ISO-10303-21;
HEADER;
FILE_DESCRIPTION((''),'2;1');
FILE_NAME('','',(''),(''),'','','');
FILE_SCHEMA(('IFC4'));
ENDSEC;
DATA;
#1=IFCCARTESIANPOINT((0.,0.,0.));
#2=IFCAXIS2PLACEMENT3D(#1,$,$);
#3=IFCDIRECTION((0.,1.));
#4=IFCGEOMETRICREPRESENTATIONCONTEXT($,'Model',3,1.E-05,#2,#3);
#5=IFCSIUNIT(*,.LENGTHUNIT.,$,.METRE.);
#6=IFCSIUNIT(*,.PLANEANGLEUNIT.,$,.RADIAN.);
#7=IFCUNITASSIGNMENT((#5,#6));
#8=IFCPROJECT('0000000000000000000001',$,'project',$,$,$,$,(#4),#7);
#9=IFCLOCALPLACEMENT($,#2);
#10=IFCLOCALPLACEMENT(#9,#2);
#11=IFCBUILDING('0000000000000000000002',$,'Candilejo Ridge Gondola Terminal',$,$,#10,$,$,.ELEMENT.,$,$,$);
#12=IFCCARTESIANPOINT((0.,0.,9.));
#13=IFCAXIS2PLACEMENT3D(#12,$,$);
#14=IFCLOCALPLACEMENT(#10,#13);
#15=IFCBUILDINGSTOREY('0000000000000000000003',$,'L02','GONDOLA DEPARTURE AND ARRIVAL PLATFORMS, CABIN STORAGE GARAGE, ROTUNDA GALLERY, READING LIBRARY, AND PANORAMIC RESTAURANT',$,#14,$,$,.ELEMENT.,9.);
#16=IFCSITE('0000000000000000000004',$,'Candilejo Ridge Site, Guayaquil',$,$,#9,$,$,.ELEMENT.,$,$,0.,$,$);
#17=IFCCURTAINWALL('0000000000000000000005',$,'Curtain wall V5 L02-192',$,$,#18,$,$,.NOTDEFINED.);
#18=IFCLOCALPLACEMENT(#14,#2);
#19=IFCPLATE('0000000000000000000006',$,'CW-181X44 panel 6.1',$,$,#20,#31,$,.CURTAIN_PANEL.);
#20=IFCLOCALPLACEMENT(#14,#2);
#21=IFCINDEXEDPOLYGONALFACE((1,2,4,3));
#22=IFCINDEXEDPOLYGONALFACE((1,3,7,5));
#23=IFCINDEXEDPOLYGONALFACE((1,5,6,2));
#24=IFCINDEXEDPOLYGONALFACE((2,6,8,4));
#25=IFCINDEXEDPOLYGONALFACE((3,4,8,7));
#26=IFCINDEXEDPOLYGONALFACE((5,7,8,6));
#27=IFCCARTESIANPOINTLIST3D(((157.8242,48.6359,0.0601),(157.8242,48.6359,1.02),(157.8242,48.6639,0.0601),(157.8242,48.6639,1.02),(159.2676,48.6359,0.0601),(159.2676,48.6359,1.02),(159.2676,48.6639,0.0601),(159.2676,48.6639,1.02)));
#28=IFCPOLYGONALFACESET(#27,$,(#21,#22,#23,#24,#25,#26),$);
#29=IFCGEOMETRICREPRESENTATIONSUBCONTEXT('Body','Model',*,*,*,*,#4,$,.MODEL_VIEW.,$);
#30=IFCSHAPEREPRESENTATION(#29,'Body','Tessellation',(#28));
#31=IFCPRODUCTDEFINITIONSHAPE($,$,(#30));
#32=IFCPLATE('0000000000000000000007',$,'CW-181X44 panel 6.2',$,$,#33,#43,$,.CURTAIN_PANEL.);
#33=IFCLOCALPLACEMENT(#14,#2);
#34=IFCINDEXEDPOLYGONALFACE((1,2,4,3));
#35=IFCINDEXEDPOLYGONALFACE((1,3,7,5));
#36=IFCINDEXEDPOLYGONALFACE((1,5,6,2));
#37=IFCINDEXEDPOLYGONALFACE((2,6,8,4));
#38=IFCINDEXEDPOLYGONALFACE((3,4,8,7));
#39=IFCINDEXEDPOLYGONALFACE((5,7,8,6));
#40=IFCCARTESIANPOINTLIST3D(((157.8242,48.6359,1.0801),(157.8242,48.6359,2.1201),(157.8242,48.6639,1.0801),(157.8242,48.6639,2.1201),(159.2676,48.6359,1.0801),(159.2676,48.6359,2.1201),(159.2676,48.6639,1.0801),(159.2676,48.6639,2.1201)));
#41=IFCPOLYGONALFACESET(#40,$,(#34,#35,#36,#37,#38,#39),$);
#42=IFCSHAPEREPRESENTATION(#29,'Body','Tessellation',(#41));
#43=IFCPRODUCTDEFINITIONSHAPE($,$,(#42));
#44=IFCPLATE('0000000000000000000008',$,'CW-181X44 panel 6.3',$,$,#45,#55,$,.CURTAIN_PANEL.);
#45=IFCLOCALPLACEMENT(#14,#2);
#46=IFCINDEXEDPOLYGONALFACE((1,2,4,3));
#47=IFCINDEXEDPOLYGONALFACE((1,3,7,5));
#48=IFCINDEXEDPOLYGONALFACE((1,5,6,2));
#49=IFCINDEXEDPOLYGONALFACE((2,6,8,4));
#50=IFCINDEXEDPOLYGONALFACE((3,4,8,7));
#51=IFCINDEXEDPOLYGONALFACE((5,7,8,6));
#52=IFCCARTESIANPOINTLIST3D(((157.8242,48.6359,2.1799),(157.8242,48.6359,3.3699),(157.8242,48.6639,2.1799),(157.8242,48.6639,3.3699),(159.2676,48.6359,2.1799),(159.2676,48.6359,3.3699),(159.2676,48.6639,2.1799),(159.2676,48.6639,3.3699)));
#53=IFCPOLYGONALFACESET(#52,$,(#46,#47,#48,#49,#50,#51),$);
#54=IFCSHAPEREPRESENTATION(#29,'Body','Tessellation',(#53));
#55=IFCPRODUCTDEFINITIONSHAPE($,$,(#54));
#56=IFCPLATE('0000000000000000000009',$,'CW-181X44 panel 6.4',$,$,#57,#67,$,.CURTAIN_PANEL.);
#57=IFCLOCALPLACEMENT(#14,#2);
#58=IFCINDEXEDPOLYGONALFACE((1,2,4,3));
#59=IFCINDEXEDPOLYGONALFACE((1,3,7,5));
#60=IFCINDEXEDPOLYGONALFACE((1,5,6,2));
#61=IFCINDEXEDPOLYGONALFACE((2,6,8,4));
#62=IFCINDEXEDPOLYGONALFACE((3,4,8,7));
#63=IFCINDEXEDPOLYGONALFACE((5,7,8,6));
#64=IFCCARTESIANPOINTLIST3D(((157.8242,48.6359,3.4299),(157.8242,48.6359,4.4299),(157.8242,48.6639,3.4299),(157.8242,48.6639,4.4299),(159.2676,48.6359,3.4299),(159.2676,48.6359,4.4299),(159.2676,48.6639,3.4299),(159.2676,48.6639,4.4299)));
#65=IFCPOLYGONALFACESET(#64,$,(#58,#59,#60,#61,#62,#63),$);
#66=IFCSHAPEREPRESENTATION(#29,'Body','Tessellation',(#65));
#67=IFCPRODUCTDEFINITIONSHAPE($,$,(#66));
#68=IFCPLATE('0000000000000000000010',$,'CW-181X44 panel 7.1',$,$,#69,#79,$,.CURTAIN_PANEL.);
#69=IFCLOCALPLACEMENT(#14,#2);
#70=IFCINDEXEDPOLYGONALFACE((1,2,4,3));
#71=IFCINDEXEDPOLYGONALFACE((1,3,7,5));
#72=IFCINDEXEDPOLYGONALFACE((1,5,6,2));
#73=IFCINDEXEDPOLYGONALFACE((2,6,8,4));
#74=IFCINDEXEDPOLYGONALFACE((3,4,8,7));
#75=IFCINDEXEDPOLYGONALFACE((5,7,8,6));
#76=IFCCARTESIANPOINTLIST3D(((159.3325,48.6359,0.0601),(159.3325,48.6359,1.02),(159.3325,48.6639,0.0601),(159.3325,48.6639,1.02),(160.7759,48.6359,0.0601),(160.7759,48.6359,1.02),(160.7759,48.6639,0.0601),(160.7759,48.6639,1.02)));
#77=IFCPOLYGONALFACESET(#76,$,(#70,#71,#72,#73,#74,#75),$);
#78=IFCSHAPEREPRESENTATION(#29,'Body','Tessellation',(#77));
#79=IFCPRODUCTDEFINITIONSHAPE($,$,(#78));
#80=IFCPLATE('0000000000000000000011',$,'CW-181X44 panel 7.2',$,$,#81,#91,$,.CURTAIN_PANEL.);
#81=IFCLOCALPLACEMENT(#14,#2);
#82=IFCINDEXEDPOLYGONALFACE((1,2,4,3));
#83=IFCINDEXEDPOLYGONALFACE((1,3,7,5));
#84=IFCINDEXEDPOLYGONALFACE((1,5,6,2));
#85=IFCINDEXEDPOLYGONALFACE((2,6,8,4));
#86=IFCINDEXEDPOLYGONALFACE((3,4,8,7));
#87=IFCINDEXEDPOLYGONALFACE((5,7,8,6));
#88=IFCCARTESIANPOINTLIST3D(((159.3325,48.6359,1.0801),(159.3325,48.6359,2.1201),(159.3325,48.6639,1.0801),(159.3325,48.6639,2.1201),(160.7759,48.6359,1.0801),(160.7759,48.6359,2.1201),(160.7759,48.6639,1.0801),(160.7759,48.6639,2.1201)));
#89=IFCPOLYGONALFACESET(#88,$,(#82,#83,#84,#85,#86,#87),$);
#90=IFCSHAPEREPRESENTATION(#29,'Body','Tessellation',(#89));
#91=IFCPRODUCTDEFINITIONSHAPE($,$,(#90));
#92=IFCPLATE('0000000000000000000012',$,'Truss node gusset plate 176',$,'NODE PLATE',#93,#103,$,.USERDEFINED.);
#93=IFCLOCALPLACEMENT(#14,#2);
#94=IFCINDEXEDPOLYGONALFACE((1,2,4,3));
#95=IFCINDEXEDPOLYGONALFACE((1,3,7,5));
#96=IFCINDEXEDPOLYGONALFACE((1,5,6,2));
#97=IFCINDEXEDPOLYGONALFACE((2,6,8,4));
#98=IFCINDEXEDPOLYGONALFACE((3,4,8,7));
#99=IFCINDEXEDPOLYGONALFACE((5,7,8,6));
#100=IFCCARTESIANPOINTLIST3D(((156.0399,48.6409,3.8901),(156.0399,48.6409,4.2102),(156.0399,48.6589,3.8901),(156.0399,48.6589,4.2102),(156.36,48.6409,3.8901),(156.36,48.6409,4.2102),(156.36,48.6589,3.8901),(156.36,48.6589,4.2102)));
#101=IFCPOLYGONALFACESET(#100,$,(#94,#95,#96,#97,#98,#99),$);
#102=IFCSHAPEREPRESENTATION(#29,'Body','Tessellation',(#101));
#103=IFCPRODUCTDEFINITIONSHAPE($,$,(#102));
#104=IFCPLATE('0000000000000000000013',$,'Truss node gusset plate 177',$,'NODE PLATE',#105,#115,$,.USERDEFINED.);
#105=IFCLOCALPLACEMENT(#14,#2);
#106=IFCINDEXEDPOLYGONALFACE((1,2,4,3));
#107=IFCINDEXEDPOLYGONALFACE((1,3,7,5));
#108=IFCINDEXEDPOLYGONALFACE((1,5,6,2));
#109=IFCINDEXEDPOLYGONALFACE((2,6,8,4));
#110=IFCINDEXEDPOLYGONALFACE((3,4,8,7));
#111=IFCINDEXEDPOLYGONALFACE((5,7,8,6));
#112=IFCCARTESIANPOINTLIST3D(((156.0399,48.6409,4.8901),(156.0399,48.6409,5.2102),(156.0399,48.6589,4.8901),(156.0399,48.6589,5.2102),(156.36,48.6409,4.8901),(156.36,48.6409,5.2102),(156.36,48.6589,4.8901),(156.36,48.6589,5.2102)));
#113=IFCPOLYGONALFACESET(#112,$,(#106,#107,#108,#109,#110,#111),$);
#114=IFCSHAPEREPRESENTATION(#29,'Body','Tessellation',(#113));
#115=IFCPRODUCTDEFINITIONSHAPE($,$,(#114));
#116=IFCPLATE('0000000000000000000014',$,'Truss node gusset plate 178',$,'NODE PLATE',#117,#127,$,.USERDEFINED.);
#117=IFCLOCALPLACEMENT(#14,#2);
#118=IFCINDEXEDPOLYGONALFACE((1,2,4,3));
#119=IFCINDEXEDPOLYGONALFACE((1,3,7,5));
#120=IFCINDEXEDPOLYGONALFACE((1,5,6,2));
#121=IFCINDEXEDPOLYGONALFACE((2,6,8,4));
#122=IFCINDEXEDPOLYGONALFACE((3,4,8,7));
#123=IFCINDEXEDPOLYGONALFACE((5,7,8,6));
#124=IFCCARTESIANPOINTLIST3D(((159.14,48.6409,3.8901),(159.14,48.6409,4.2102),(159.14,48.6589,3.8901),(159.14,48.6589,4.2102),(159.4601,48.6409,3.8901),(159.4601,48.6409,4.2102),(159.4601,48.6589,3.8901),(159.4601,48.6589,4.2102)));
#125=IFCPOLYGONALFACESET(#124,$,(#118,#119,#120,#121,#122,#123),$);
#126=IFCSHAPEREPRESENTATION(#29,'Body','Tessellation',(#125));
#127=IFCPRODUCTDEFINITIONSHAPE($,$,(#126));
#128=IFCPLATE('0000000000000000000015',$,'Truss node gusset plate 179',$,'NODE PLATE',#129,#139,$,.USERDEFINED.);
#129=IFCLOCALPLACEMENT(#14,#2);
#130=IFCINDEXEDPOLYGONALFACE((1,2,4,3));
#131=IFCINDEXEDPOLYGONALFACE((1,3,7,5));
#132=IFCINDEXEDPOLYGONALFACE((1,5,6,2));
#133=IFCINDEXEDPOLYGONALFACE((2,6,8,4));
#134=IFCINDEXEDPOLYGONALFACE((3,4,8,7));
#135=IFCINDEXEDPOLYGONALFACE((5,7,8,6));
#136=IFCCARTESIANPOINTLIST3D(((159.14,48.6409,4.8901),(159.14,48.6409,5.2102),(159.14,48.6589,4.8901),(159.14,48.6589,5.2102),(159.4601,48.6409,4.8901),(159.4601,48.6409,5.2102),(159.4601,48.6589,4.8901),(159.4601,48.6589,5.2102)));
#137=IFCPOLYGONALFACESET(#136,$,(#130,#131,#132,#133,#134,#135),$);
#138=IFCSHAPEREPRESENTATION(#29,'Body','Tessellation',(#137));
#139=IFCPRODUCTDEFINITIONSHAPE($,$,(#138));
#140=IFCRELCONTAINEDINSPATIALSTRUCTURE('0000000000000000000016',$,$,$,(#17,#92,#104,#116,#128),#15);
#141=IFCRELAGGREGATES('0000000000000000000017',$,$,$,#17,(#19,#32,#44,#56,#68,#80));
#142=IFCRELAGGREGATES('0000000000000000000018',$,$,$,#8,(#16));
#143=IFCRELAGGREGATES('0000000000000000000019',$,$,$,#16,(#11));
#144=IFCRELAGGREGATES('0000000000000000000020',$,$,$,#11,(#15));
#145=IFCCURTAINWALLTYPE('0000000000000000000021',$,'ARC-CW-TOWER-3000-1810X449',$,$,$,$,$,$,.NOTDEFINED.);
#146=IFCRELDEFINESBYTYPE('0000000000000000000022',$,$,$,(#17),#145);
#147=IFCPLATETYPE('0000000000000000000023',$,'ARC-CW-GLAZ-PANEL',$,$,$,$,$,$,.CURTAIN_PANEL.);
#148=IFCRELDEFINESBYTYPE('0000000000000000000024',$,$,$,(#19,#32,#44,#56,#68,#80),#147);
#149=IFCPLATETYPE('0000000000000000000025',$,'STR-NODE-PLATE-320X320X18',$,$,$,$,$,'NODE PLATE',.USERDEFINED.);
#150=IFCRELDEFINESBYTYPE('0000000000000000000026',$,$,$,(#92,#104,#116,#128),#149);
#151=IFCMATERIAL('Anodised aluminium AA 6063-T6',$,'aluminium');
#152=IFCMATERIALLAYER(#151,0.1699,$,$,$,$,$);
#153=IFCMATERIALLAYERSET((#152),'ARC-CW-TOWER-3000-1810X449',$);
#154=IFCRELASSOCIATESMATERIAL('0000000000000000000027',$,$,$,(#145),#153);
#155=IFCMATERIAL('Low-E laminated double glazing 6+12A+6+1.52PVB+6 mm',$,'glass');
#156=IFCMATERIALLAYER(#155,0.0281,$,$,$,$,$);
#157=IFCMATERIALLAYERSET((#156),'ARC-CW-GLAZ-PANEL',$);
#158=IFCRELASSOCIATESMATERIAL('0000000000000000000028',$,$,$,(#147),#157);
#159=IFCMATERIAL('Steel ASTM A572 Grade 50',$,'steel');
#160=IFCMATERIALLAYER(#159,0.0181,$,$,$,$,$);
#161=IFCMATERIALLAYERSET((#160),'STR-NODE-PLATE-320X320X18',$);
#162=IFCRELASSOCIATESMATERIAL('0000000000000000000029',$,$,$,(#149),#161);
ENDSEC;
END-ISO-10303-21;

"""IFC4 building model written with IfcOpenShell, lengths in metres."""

from ifc_helpers import new_model, si_unit, direction, frame, origin, origin_2d, place, context, subcontext, project, spatial, rectangle, extrude, material, layer, layer_set, type_object, element, aggregate, save


model = new_model("IFC4")

# Units and contexts
model_context = context("Model", 3, precision=1e-05, world=origin(), true_north=direction((0.0, 1.0)))
body_context = subcontext(model_context, "Body", "Model", "MODEL_VIEW")
ifc_project = project(units=[si_unit("LENGTHUNIT", "METRE"), si_unit("PLANEANGLEUNIT", "RADIAN")], contexts=[model_context])

# Site, building, storey
site_placement = place(None, origin())
site = spatial("IfcSite", under=ifc_project, at=site_placement, Name="Candilejo Ridge Site, Guayaquil", CompositionType="ELEMENT", RefElevation=0.0)
building_placement = place(site_placement, origin())
building = spatial("IfcBuilding", under=site, at=building_placement, Name="Candilejo Ridge Gondola Terminal", CompositionType="ELEMENT")
storey_placement = place(building_placement, frame((0.0, 0.0, 9.0)))
storey = spatial("IfcBuildingStorey", under=building, at=storey_placement, Name="L02", Description="GONDOLA DEPARTURE AND ARRIVAL PLATFORMS, CABIN STORAGE GARAGE, ROTUNDA GALLERY, READING LIBRARY, AND PANORAMIC RESTAURANT", CompositionType="ELEMENT", Elevation=9.0)

# Curtain wall
ifc_material_1 = material(Name="Anodised aluminium AA 6063-T6", Category="aluminium")
ifc_layer_1 = layer(ifc_material_1, 0.1699)
ifc_layer_set_1 = layer_set([ifc_layer_1], Name="ARC-CW-TOWER-3000-1810X449")
curtain_wall_type = type_object("IfcCurtainWallType", Name="ARC-CW-TOWER-3000-1810X449", PredefinedType="NOTDEFINED", material=ifc_layer_set_1)
curtain_wall_placement = place(storey_placement, origin())
curtain_wall = element("IfcCurtainWall", 1, at=curtain_wall_placement, inside=storey, type_object=curtain_wall_type, Name="Curtain wall V5 L02-192", PredefinedType="NOTDEFINED")

# Plates
ifc_material_2 = material(Name="Low-E laminated double glazing 6+12A+6+1.52PVB+6 mm", Category="glass")
ifc_layer_2 = layer(ifc_material_2, 0.0281)
ifc_layer_set_2 = layer_set([ifc_layer_2], Name="ARC-CW-GLAZ-PANEL")
plate_type_1 = type_object("IfcPlateType", Name="ARC-CW-GLAZ-PANEL", PredefinedType="CURTAIN_PANEL", material=ifc_layer_set_2)
plate_1_placement = place(storey_placement, frame((158.5459, 48.6499, 0.0601), z_axis=(0.0, 0.0, 1.0), x_axis=(1.0, 0.0, 0.0)))
plate_1 = element("IfcPlate", 2, at=plate_1_placement, type_object=plate_type_1, Name="CW-181X44 panel 6.1", PredefinedType="CURTAIN_PANEL", context=body_context, shape_type="SweptSolid", body=[
    extrude(rectangle(XDim=1.4434, YDim=0.0281, at=origin_2d()), origin(), (0.0, 0.0, 1.0), 0.96),
])
plate_2_placement = place(storey_placement, frame((158.5459, 48.6499, 1.0801), z_axis=(0.0, 0.0, 1.0), x_axis=(1.0, 0.0, 0.0)))
plate_2 = element("IfcPlate", 3, at=plate_2_placement, type_object=plate_type_1, Name="CW-181X44 panel 6.2", PredefinedType="CURTAIN_PANEL", context=body_context, shape_type="SweptSolid", body=[
    extrude(rectangle(XDim=1.4434, YDim=0.0281, at=origin_2d()), origin(), (0.0, 0.0, 1.0), 1.04),
])
plate_3_placement = place(storey_placement, frame((158.5459, 48.6499, 2.1799), z_axis=(0.0, 0.0, 1.0), x_axis=(1.0, 0.0, 0.0)))
plate_3 = element("IfcPlate", 4, at=plate_3_placement, type_object=plate_type_1, Name="CW-181X44 panel 6.3", PredefinedType="CURTAIN_PANEL", context=body_context, shape_type="SweptSolid", body=[
    extrude(rectangle(XDim=1.4434, YDim=0.0281, at=origin_2d()), origin(), (0.0, 0.0, 1.0), 1.1899),
])
plate_4_placement = place(storey_placement, frame((158.5459, 48.6499, 3.4299), z_axis=(0.0, 0.0, 1.0), x_axis=(1.0, 0.0, 0.0)))
plate_4 = element("IfcPlate", 5, at=plate_4_placement, type_object=plate_type_1, Name="CW-181X44 panel 6.4", PredefinedType="CURTAIN_PANEL", context=body_context, shape_type="SweptSolid", body=[
    extrude(rectangle(XDim=1.4434, YDim=0.0281, at=origin_2d()), origin(), (0.0, 0.0, 1.0), 1.0),
])
plate_5_placement = place(storey_placement, frame((160.0542, 48.6499, 0.0601), z_axis=(0.0, 0.0, 1.0), x_axis=(1.0, 0.0, 0.0)))
plate_5 = element("IfcPlate", 6, at=plate_5_placement, type_object=plate_type_1, Name="CW-181X44 panel 7.1", PredefinedType="CURTAIN_PANEL", context=body_context, shape_type="SweptSolid", body=[
    extrude(rectangle(XDim=1.4434, YDim=0.0281, at=origin_2d()), origin(), (0.0, 0.0, 1.0), 0.96),
])
plate_6_placement = place(storey_placement, frame((160.0542, 48.6499, 1.0801), z_axis=(0.0, 0.0, 1.0), x_axis=(1.0, 0.0, 0.0)))
plate_6 = element("IfcPlate", 7, at=plate_6_placement, type_object=plate_type_1, Name="CW-181X44 panel 7.2", PredefinedType="CURTAIN_PANEL", context=body_context, shape_type="SweptSolid", body=[
    extrude(rectangle(XDim=1.4434, YDim=0.0281, at=origin_2d()), origin(), (0.0, 0.0, 1.0), 1.04),
])
aggregate(curtain_wall, [plate_1, plate_2, plate_3, plate_4, plate_5, plate_6])

# Plates
ifc_material_3 = material(Name="Steel ASTM A572 Grade 50", Category="steel")
ifc_layer_3 = layer(ifc_material_3, 0.0181)
ifc_layer_set_3 = layer_set([ifc_layer_3], Name="STR-NODE-PLATE-320X320X18")
plate_type_2 = type_object("IfcPlateType", Name="STR-NODE-PLATE-320X320X18", ElementType="NODE PLATE", PredefinedType="USERDEFINED", material=ifc_layer_set_3)
for number, where, z_axis, x_axis, name in (
    (8, (156.2, 48.6499, 3.8901), (0.0, 0.0, 1.0), (1.0, 0.0, 0.0), "Truss node gusset plate 176"),
    (9, (156.2, 48.6499, 4.8901), (0.0, 0.0, 1.0), (1.0, 0.0, 0.0), "Truss node gusset plate 177"),
    (10, (159.3, 48.6499, 3.8901), (0.0, 0.0, 1.0), (1.0, 0.0, 0.0), "Truss node gusset plate 178"),
    (11, (159.3, 48.6499, 4.8901), (0.0, 0.0, 1.0), (1.0, 0.0, 0.0), "Truss node gusset plate 179"),
):
    element("IfcPlate", number, at=place(storey_placement, frame(where, z_axis=z_axis, x_axis=x_axis)), inside=storey, type_object=plate_type_2, Name=name, ObjectType="NODE PLATE", PredefinedType="USERDEFINED", context=body_context, shape_type="SweptSolid", body=[
        extrude(rectangle(XDim=0.3201, YDim=0.0181, at=origin_2d()), origin(), (0.0, 0.0, 1.0), 0.3201),
    ])

save(model, "model.ifc")
